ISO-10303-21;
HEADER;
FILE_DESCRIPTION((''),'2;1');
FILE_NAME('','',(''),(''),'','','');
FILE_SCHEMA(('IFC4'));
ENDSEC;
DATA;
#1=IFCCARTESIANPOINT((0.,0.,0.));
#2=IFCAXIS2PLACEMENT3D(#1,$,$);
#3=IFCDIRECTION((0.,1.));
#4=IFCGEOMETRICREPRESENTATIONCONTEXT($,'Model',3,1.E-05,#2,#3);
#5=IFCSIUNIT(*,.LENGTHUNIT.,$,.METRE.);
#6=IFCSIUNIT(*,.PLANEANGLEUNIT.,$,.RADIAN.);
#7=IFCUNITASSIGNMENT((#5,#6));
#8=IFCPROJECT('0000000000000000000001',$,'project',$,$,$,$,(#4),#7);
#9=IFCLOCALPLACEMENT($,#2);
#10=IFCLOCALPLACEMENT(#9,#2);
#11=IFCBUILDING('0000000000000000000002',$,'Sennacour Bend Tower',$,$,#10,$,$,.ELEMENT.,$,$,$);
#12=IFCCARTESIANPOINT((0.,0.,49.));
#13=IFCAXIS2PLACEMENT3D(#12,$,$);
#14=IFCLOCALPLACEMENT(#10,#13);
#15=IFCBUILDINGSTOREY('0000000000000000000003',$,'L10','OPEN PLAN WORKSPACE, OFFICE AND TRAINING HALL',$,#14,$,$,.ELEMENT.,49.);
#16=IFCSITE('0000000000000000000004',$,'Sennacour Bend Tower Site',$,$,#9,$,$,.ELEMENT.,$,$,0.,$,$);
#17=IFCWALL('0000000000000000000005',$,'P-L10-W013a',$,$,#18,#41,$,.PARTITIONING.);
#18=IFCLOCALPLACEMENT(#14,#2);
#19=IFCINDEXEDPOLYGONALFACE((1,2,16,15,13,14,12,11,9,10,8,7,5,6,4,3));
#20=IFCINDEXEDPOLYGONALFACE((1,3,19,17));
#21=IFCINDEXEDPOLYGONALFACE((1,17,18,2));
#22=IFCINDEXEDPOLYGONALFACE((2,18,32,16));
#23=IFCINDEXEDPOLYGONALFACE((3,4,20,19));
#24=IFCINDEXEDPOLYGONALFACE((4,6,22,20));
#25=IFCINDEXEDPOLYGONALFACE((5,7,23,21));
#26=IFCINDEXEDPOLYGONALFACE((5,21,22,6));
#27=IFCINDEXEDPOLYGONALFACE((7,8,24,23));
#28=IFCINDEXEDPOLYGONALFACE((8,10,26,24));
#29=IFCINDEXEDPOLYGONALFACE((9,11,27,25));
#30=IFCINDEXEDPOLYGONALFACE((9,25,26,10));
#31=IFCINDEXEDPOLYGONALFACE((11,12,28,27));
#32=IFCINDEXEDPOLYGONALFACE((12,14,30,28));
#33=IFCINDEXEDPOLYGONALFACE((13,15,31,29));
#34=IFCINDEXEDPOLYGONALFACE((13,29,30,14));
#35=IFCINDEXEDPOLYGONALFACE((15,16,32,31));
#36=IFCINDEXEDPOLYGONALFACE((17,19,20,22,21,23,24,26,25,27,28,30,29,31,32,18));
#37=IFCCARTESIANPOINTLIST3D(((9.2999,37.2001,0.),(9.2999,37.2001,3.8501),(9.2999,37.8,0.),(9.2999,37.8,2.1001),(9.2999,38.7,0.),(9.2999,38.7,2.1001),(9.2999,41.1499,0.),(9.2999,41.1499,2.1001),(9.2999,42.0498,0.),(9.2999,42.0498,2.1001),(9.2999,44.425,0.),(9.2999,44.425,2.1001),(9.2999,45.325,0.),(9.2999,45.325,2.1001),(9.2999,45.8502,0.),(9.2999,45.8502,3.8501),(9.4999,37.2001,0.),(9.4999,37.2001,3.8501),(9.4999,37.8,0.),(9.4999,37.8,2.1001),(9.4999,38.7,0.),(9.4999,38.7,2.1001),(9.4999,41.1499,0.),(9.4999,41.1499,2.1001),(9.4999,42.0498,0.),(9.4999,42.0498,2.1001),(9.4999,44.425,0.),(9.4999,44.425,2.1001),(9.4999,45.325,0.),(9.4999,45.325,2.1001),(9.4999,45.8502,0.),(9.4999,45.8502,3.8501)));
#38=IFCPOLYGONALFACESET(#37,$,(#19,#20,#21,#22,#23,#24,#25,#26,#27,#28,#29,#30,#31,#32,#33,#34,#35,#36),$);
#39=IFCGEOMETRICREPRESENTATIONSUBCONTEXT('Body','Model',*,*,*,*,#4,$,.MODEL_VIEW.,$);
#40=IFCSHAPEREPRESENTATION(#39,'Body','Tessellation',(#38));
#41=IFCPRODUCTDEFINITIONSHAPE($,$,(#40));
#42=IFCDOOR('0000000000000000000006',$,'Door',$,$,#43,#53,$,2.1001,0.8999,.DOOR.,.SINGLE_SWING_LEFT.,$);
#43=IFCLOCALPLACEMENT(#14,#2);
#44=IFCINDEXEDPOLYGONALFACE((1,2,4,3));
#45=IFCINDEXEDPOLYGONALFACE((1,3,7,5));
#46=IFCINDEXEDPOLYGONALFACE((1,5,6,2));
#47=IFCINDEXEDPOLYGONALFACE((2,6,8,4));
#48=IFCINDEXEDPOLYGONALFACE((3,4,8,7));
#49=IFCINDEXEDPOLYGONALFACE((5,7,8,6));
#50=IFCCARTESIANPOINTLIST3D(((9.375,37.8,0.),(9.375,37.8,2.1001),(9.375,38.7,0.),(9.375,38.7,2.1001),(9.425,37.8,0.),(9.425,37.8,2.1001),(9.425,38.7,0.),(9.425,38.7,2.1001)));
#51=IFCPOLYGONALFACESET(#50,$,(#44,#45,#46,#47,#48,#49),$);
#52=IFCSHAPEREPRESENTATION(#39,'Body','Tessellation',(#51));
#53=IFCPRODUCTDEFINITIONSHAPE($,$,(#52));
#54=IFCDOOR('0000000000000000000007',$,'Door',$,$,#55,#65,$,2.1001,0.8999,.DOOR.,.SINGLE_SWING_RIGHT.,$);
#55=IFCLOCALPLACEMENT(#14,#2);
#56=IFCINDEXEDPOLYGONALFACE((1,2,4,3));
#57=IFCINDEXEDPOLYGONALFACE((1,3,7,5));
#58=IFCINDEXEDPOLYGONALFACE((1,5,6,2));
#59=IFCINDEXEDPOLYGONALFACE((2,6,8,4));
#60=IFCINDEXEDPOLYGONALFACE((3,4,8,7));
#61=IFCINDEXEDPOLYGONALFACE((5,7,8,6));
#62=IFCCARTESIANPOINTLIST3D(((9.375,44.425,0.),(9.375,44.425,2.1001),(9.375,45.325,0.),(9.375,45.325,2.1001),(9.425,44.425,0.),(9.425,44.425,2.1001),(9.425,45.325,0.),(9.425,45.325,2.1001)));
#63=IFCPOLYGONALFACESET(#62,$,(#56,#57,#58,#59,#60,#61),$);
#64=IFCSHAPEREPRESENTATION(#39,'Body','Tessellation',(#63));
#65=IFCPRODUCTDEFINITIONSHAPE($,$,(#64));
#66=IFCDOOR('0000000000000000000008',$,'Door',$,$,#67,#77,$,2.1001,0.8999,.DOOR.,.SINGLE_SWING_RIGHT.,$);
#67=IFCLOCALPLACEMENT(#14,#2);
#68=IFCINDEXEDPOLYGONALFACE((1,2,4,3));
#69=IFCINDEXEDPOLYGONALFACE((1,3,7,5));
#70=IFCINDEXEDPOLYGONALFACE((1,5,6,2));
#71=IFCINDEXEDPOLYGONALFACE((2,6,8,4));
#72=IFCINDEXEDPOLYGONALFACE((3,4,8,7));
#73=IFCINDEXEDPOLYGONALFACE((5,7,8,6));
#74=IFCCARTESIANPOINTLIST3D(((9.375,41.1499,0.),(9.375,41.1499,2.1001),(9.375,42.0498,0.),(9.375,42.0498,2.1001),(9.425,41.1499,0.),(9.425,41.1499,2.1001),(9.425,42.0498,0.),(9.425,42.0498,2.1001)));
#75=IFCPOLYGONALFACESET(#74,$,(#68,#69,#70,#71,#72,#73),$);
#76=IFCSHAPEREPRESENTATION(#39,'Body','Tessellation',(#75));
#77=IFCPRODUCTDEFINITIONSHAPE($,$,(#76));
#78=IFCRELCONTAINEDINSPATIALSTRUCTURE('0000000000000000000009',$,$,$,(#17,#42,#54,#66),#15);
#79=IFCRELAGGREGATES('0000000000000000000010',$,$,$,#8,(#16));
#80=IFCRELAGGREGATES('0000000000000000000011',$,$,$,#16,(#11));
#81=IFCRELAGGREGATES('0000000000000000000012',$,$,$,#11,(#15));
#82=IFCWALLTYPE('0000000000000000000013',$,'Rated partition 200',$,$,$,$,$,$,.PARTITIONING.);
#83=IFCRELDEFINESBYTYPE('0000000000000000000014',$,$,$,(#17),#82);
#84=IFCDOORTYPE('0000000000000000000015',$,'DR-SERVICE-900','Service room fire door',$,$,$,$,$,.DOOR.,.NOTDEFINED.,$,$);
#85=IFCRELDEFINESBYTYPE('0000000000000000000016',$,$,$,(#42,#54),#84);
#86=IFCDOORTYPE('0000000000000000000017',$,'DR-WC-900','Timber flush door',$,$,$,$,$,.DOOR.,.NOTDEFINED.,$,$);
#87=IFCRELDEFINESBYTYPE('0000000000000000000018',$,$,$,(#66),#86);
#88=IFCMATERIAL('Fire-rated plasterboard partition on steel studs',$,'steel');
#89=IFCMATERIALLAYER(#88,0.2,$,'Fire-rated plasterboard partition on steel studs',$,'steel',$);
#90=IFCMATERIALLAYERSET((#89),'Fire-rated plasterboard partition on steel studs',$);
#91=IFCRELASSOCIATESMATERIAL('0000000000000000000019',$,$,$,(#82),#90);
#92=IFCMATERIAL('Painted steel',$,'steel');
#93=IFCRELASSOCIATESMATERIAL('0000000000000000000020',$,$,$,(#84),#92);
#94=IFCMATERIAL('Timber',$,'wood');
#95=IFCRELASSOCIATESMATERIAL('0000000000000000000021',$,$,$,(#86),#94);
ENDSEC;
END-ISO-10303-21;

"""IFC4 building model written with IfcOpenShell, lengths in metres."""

from ifc_helpers import new_model, si_unit, direction, frame, frame_2d, origin, place, context, subcontext, project, spatial, rectangle, extrude, material, layer, layer_set, type_object, element, fill, save


model = new_model("IFC4")

# Units and contexts
model_context = context("Model", 3, precision=1e-05, world=origin(), true_north=direction((0.0, 1.0)))
body_context = subcontext(model_context, "Body", "Model", "MODEL_VIEW")
ifc_project = project(units=[si_unit("LENGTHUNIT", "METRE"), si_unit("PLANEANGLEUNIT", "RADIAN")], contexts=[model_context])

# Site, building, storey
site_placement = place(None, origin())
site = spatial("IfcSite", under=ifc_project, at=site_placement, Name="Sennacour Bend Tower Site", CompositionType="ELEMENT", RefElevation=0.0)
building_placement = place(site_placement, origin())
building = spatial("IfcBuilding", under=site, at=building_placement, Name="Sennacour Bend Tower", CompositionType="ELEMENT")
storey_placement = place(building_placement, frame((0.0, 0.0, 49.0)))
storey = spatial("IfcBuildingStorey", under=building, at=storey_placement, Name="L10", Description="OPEN PLAN WORKSPACE, OFFICE AND TRAINING HALL", CompositionType="ELEMENT", Elevation=49.0)

# Shared definitions
ifc_material_1 = material(Name="Painted steel", Category="steel")

# Wall, openings, doors
ifc_material_2 = material(Name="Fire-rated plasterboard partition on steel studs", Category="steel")
ifc_layer_1 = layer(ifc_material_2, 0.2, Name="Fire-rated plasterboard partition on steel studs", Category="steel")
ifc_layer_set_1 = layer_set([ifc_layer_1], Name="Fire-rated plasterboard partition on steel studs")
wall_type_1 = type_object("IfcWallType", Name="Rated partition 200", PredefinedType="PARTITIONING", material=ifc_layer_set_1)
wall_1_placement = place(storey_placement, frame((9.3999, 37.2, 0.0), z_axis=(0.0, 0.0, 1.0), x_axis=(0.0, 1.0, 0.0)))
wall_1 = element("IfcWall", 1, at=wall_1_placement, inside=storey, type_object=wall_type_1, Name="P-L10-W013a", PredefinedType="PARTITIONING", context=body_context, shape_type="SweptSolid", body=[
    extrude(rectangle(XDim=8.6501, YDim=0.2, at=frame_2d((4.3252, 0.0))), origin(), (0.0, 0.0, 1.0), 3.8501),
])
opening_1_placement = place(wall_1_placement, frame((0.6001, 0.0, 0.0)))
opening_1 = element("IfcOpeningElement", 2, at=opening_1_placement, cuts=wall_1, PredefinedType="OPENING", context=body_context, shape_type="SweptSolid", body=[
    extrude(rectangle(XDim=0.8999, YDim=2.1001, at=frame_2d((0.45, 1.05))), frame((0.0, 0.1099, 0.0), z_axis=(0.0, -1.0, 0.0), x_axis=(1.0, 0.0, 0.0)), (0.0, 0.0, 1.0), 0.22),
])
opening_2_placement = place(wall_1_placement, frame((3.95, 0.0, 0.0)))
opening_2 = element("IfcOpeningElement", 3, at=opening_2_placement, cuts=wall_1, PredefinedType="OPENING", context=body_context, shape_type="SweptSolid", body=[
    extrude(rectangle(XDim=0.8999, YDim=2.1001, at=frame_2d((0.45, 1.05))), frame((0.0, 0.1099, 0.0), z_axis=(0.0, -1.0, 0.0), x_axis=(1.0, 0.0, 0.0)), (0.0, 0.0, 1.0), 0.22),
])
opening_3_placement = place(wall_1_placement, frame((7.2251, 0.0, 0.0)))
opening_3 = element("IfcOpeningElement", 4, at=opening_3_placement, cuts=wall_1, PredefinedType="OPENING", context=body_context, shape_type="SweptSolid", body=[
    extrude(rectangle(XDim=0.8999, YDim=2.1001, at=frame_2d((0.45, 1.05))), frame((0.0, 0.1099, 0.0), z_axis=(0.0, -1.0, 0.0), x_axis=(1.0, 0.0, 0.0)), (0.0, 0.0, 1.0), 0.22),
])
door_type_1 = type_object("IfcDoorType", Name="DR-SERVICE-900", Description="Service room fire door", OperationType="NOTDEFINED", PredefinedType="DOOR", material=ifc_material_1)
door_1_placement = place(opening_1_placement, origin())
door_1 = element("IfcDoor", 5, at=door_1_placement, inside=storey, type_object=door_type_1, Name="Door", OperationType="SINGLE_SWING_LEFT", OverallHeight=2.1001, OverallWidth=0.8999, PredefinedType="DOOR", context=body_context, shape_type="SweptSolid", body=[
    extrude(rectangle(XDim=0.8999, YDim=2.1001, at=frame_2d((0.45, 1.05))), frame((0.0, 0.0249, 0.0), z_axis=(0.0, -1.0, 0.0), x_axis=(1.0, 0.0, 0.0)), (0.0, 0.0, 1.0), 0.05),
])
fill(opening_1, door_1)
door_2_placement = place(opening_3_placement, origin())
door_2 = element("IfcDoor", 6, at=door_2_placement, inside=storey, type_object=door_type_1, Name="Door", OperationType="SINGLE_SWING_RIGHT", OverallHeight=2.1001, OverallWidth=0.8999, PredefinedType="DOOR", context=body_context, shape_type="SweptSolid", body=[
    extrude(rectangle(XDim=0.8999, YDim=2.1001, at=frame_2d((0.45, 1.05))), frame((0.0, 0.0249, 0.0), z_axis=(0.0, -1.0, 0.0), x_axis=(1.0, 0.0, 0.0)), (0.0, 0.0, 1.0), 0.05),
])
fill(opening_3, door_2)
ifc_material_3 = material(Name="Timber", Category="wood")
door_type_2 = type_object("IfcDoorType", Name="DR-WC-900", Description="Timber flush door", OperationType="NOTDEFINED", PredefinedType="DOOR", material=ifc_material_3)
door_3_placement = place(opening_2_placement, origin())
door_3 = element("IfcDoor", 7, at=door_3_placement, inside=storey, type_object=door_type_2, Name="Door", OperationType="SINGLE_SWING_RIGHT", OverallHeight=2.1001, OverallWidth=0.8999, PredefinedType="DOOR", context=body_context, shape_type="SweptSolid", body=[
    extrude(rectangle(XDim=0.8999, YDim=2.1001, at=frame_2d((0.45, 1.05))), frame((0.0, 0.0249, 0.0), z_axis=(0.0, -1.0, 0.0), x_axis=(1.0, 0.0, 0.0)), (0.0, 0.0, 1.0), 0.05),
])
fill(opening_2, door_3)

save(model, "model.ifc")
